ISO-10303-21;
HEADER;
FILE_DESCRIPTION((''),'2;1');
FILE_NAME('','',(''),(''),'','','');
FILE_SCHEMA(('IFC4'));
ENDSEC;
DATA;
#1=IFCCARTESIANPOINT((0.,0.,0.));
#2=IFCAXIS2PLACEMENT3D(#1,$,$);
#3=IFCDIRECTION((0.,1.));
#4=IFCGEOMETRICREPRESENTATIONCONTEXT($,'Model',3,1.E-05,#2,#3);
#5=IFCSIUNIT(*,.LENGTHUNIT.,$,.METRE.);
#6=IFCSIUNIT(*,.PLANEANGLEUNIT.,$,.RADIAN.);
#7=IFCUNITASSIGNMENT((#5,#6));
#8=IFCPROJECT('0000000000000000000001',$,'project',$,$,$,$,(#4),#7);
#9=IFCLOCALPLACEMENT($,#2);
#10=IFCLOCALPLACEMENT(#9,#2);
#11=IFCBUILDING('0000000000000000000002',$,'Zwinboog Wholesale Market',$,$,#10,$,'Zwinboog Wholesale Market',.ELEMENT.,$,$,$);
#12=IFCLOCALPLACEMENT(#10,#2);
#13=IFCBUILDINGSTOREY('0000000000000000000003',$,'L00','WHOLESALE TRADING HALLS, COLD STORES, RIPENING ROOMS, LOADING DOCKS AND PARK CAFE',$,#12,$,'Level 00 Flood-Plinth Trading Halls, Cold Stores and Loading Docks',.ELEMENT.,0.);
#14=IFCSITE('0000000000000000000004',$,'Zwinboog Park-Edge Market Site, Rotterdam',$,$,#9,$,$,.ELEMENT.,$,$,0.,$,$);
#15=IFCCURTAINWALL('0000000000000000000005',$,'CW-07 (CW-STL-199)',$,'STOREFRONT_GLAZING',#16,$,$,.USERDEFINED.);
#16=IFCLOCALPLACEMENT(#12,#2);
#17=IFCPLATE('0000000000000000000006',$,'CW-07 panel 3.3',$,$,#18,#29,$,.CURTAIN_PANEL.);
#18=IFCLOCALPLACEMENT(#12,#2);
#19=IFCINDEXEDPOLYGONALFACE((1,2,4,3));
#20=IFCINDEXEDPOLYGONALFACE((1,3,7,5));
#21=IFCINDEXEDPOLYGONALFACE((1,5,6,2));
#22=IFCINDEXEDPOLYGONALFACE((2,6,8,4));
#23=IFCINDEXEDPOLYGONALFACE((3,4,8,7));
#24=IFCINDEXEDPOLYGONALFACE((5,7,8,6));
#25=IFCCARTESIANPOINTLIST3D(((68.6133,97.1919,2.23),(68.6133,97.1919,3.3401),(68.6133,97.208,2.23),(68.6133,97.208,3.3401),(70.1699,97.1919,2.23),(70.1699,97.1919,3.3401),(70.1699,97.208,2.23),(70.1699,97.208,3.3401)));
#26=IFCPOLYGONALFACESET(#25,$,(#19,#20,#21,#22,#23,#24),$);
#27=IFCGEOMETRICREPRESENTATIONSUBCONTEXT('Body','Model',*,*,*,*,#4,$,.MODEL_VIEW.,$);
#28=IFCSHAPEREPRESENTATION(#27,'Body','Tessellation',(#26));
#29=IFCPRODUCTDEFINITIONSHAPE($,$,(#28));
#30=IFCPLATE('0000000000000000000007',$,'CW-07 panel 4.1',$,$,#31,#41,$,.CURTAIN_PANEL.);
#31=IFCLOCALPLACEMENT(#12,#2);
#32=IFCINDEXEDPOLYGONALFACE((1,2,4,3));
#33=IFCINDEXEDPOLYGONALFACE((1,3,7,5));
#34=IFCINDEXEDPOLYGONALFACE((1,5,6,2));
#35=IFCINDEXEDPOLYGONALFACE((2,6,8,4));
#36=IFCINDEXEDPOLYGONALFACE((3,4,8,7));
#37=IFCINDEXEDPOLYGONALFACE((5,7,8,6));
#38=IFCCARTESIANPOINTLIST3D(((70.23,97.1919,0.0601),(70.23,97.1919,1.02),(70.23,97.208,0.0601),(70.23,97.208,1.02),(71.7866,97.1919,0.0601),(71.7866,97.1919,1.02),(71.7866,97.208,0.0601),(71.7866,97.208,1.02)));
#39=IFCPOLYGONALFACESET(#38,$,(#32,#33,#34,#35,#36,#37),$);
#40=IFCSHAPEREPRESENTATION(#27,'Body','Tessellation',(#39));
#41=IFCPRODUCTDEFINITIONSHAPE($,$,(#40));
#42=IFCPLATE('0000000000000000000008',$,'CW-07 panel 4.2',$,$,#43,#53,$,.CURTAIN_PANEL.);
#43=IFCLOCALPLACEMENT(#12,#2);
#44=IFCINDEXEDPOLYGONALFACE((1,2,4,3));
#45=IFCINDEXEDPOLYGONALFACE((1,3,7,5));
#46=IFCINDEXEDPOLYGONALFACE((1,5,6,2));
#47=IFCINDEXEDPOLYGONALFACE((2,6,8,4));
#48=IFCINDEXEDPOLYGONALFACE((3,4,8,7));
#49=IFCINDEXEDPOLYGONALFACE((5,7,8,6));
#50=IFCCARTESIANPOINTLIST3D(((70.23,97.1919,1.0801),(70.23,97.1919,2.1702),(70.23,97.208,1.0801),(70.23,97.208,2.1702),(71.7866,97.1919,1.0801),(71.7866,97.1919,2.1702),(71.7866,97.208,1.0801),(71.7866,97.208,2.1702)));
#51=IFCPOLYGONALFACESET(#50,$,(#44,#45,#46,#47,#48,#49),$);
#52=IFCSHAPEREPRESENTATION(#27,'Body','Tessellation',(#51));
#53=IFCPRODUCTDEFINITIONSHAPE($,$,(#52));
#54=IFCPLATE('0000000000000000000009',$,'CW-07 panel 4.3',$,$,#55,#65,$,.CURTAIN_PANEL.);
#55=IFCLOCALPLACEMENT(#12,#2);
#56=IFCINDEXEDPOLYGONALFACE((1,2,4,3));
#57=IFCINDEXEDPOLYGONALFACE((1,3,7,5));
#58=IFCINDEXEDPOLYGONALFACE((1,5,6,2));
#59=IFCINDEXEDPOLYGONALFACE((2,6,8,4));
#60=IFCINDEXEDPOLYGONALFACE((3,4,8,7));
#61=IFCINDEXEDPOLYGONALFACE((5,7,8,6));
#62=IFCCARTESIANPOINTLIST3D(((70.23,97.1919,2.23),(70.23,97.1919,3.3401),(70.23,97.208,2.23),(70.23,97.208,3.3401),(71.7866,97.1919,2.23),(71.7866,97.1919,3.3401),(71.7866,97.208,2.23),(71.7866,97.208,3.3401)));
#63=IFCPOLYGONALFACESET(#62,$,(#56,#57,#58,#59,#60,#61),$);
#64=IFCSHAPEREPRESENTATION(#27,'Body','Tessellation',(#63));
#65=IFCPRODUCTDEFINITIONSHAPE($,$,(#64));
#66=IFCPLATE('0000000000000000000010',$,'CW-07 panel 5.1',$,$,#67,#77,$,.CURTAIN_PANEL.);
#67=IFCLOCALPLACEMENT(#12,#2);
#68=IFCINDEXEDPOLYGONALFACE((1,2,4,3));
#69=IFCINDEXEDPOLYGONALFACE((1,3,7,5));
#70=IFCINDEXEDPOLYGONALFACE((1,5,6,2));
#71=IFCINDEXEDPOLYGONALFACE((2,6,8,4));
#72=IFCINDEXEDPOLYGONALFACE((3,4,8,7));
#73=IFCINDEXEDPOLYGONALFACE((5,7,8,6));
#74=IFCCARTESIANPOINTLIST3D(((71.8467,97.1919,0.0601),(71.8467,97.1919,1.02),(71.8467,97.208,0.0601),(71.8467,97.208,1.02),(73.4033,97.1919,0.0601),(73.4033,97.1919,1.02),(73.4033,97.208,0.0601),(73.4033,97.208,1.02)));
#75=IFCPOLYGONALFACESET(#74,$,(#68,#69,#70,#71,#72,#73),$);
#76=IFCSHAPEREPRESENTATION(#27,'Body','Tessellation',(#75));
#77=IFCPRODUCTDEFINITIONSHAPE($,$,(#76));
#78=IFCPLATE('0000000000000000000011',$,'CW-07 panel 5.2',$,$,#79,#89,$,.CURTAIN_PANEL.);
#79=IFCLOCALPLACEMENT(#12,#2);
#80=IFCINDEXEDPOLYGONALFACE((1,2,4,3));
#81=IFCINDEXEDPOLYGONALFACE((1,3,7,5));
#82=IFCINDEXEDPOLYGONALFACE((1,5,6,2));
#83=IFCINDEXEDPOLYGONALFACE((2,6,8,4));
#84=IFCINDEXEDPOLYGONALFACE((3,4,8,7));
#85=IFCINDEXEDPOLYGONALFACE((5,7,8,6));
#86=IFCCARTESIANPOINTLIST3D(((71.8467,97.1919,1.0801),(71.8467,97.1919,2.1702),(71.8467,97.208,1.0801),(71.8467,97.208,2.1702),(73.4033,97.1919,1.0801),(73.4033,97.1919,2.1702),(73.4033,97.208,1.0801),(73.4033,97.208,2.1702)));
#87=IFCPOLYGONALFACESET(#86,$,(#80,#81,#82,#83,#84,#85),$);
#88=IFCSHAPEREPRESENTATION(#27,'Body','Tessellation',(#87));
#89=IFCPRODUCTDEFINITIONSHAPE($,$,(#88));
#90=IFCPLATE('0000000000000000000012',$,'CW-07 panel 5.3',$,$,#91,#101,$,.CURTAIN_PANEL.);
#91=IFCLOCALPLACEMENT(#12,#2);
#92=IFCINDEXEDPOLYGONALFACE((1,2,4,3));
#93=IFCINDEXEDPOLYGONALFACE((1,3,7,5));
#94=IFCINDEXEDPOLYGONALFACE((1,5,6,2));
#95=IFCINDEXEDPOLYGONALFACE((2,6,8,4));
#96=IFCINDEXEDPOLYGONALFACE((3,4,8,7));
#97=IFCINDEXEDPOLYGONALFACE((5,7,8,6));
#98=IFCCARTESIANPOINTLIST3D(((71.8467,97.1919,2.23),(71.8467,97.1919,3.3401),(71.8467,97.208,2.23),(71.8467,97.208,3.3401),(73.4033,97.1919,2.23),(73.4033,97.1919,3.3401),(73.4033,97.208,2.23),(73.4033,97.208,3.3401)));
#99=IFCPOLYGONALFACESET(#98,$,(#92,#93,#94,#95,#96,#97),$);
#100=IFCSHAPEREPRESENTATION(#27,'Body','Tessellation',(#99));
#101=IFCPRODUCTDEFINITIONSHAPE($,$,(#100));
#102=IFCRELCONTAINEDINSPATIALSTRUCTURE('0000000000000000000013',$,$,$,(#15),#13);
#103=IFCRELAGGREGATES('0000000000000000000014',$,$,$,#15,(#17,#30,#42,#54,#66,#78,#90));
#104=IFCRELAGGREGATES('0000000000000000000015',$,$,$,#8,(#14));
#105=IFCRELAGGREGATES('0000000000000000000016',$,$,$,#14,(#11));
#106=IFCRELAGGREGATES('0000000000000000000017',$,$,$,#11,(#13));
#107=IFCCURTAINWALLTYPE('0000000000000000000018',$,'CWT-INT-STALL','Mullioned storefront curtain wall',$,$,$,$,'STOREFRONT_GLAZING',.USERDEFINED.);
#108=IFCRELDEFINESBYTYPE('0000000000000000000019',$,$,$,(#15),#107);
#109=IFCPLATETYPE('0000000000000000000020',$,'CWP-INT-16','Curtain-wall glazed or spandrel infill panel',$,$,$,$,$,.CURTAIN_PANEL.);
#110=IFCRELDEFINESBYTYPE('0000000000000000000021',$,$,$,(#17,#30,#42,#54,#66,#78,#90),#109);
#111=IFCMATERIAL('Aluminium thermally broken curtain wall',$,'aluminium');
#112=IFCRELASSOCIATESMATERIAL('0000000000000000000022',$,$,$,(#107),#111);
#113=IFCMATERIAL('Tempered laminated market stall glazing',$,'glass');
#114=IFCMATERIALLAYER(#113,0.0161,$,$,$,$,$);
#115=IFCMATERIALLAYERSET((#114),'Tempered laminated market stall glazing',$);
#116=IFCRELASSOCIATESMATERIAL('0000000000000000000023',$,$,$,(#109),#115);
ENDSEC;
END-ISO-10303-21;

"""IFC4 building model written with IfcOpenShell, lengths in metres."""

from ifc_helpers import new_model, si_unit, direction, frame, origin, origin_2d, place, context, subcontext, project, spatial, rectangle, extrude, material, layer, layer_set, type_object, element, aggregate, save


model = new_model("IFC4")

# Units and contexts
model_context = context("Model", 3, precision=1e-05, world=origin(), true_north=direction((0.0, 1.0)))
body_context = subcontext(model_context, "Body", "Model", "MODEL_VIEW")
ifc_project = project(units=[si_unit("LENGTHUNIT", "METRE"), si_unit("PLANEANGLEUNIT", "RADIAN")], contexts=[model_context])

# Site, building, storey
site_placement = place(None, origin())
site = spatial("IfcSite", under=ifc_project, at=site_placement, Name="Zwinboog Park-Edge Market Site, Rotterdam", CompositionType="ELEMENT", RefElevation=0.0)
building_placement = place(site_placement, origin())
building = spatial("IfcBuilding", under=site, at=building_placement, Name="Zwinboog Wholesale Market", LongName="Zwinboog Wholesale Market", CompositionType="ELEMENT")
storey_placement = place(building_placement, origin())
storey = spatial("IfcBuildingStorey", under=building, at=storey_placement, Name="L00", Description="WHOLESALE TRADING HALLS, COLD STORES, RIPENING ROOMS, LOADING DOCKS AND PARK CAFE", LongName="Level 00 Flood-Plinth Trading Halls, Cold Stores and Loading Docks", CompositionType="ELEMENT", Elevation=0.0)

# Curtain wall, plates
ifc_material_1 = material(Name="Aluminium thermally broken curtain wall", Category="aluminium")
curtain_wall_type = type_object("IfcCurtainWallType", Name="CWT-INT-STALL", Description="Mullioned storefront curtain wall", ElementType="STOREFRONT_GLAZING", PredefinedType="USERDEFINED", material=ifc_material_1)
curtain_wall_placement = place(storey_placement, origin())
curtain_wall = element("IfcCurtainWall", 1, at=curtain_wall_placement, inside=storey, type_object=curtain_wall_type, Name="CW-07 (CW-STL-199)", ObjectType="STOREFRONT_GLAZING", PredefinedType="USERDEFINED")
ifc_material_2 = material(Name="Tempered laminated market stall glazing", Category="glass")
ifc_layer = layer(ifc_material_2, 0.0161)
ifc_layer_set = layer_set([ifc_layer], Name="Tempered laminated market stall glazing")
plate_type = type_object("IfcPlateType", Name="CWP-INT-16", Description="Curtain-wall glazed or spandrel infill panel", PredefinedType="CURTAIN_PANEL", material=ifc_layer_set)
plate_1_placement = place(storey_placement, frame((69.3916, 97.2, 2.23), z_axis=(0.0, 0.0, 1.0), x_axis=(1.0, 0.0, 0.0)))
plate_1 = element("IfcPlate", 2, at=plate_1_placement, type_object=plate_type, Name="CW-07 panel 3.3", PredefinedType="CURTAIN_PANEL", context=body_context, shape_type="SweptSolid", body=[
    extrude(rectangle(XDim=1.5566, YDim=0.0161, at=origin_2d()), origin(), (0.0, 0.0, 1.0), 1.1101),
])
plate_2_placement = place(storey_placement, frame((71.0083, 97.2, 0.0601), z_axis=(0.0, 0.0, 1.0), x_axis=(1.0, 0.0, 0.0)))
plate_2 = element("IfcPlate", 3, at=plate_2_placement, type_object=plate_type, Name="CW-07 panel 4.1", PredefinedType="CURTAIN_PANEL", context=body_context, shape_type="SweptSolid", body=[
    extrude(rectangle(XDim=1.5566, YDim=0.0161, at=origin_2d()), origin(), (0.0, 0.0, 1.0), 0.96),
])
plate_3_placement = place(storey_placement, frame((71.0083, 97.2, 1.0801), z_axis=(0.0, 0.0, 1.0), x_axis=(1.0, 0.0, 0.0)))
plate_3 = element("IfcPlate", 4, at=plate_3_placement, type_object=plate_type, Name="CW-07 panel 4.2", PredefinedType="CURTAIN_PANEL", context=body_context, shape_type="SweptSolid", body=[
    extrude(rectangle(XDim=1.5566, YDim=0.0161, at=origin_2d()), origin(), (0.0, 0.0, 1.0), 1.0901),
])
plate_4_placement = place(storey_placement, frame((71.0083, 97.2, 2.23), z_axis=(0.0, 0.0, 1.0), x_axis=(1.0, 0.0, 0.0)))
plate_4 = element("IfcPlate", 5, at=plate_4_placement, type_object=plate_type, Name="CW-07 panel 4.3", PredefinedType="CURTAIN_PANEL", context=body_context, shape_type="SweptSolid", body=[
    extrude(rectangle(XDim=1.5566, YDim=0.0161, at=origin_2d()), origin(), (0.0, 0.0, 1.0), 1.1101),
])
plate_5_placement = place(storey_placement, frame((72.625, 97.2, 0.0601), z_axis=(0.0, 0.0, 1.0), x_axis=(1.0, 0.0, 0.0)))
plate_5 = element("IfcPlate", 6, at=plate_5_placement, type_object=plate_type, Name="CW-07 panel 5.1", PredefinedType="CURTAIN_PANEL", context=body_context, shape_type="SweptSolid", body=[
    extrude(rectangle(XDim=1.5566, YDim=0.0161, at=origin_2d()), origin(), (0.0, 0.0, 1.0), 0.96),
])
plate_6_placement = place(storey_placement, frame((72.625, 97.2, 1.0801), z_axis=(0.0, 0.0, 1.0), x_axis=(1.0, 0.0, 0.0)))
plate_6 = element("IfcPlate", 7, at=plate_6_placement, type_object=plate_type, Name="CW-07 panel 5.2", PredefinedType="CURTAIN_PANEL", context=body_context, shape_type="SweptSolid", body=[
    extrude(rectangle(XDim=1.5566, YDim=0.0161, at=origin_2d()), origin(), (0.0, 0.0, 1.0), 1.0901),
])
plate_7_placement = place(storey_placement, frame((72.625, 97.2, 2.23), z_axis=(0.0, 0.0, 1.0), x_axis=(1.0, 0.0, 0.0)))
plate_7 = element("IfcPlate", 8, at=plate_7_placement, type_object=plate_type, Name="CW-07 panel 5.3", PredefinedType="CURTAIN_PANEL", context=body_context, shape_type="SweptSolid", body=[
    extrude(rectangle(XDim=1.5566, YDim=0.0161, at=origin_2d()), origin(), (0.0, 0.0, 1.0), 1.1101),
])
aggregate(curtain_wall, [plate_1, plate_2, plate_3, plate_4, plate_5, plate_6, plate_7])

save(model, "model.ifc")
